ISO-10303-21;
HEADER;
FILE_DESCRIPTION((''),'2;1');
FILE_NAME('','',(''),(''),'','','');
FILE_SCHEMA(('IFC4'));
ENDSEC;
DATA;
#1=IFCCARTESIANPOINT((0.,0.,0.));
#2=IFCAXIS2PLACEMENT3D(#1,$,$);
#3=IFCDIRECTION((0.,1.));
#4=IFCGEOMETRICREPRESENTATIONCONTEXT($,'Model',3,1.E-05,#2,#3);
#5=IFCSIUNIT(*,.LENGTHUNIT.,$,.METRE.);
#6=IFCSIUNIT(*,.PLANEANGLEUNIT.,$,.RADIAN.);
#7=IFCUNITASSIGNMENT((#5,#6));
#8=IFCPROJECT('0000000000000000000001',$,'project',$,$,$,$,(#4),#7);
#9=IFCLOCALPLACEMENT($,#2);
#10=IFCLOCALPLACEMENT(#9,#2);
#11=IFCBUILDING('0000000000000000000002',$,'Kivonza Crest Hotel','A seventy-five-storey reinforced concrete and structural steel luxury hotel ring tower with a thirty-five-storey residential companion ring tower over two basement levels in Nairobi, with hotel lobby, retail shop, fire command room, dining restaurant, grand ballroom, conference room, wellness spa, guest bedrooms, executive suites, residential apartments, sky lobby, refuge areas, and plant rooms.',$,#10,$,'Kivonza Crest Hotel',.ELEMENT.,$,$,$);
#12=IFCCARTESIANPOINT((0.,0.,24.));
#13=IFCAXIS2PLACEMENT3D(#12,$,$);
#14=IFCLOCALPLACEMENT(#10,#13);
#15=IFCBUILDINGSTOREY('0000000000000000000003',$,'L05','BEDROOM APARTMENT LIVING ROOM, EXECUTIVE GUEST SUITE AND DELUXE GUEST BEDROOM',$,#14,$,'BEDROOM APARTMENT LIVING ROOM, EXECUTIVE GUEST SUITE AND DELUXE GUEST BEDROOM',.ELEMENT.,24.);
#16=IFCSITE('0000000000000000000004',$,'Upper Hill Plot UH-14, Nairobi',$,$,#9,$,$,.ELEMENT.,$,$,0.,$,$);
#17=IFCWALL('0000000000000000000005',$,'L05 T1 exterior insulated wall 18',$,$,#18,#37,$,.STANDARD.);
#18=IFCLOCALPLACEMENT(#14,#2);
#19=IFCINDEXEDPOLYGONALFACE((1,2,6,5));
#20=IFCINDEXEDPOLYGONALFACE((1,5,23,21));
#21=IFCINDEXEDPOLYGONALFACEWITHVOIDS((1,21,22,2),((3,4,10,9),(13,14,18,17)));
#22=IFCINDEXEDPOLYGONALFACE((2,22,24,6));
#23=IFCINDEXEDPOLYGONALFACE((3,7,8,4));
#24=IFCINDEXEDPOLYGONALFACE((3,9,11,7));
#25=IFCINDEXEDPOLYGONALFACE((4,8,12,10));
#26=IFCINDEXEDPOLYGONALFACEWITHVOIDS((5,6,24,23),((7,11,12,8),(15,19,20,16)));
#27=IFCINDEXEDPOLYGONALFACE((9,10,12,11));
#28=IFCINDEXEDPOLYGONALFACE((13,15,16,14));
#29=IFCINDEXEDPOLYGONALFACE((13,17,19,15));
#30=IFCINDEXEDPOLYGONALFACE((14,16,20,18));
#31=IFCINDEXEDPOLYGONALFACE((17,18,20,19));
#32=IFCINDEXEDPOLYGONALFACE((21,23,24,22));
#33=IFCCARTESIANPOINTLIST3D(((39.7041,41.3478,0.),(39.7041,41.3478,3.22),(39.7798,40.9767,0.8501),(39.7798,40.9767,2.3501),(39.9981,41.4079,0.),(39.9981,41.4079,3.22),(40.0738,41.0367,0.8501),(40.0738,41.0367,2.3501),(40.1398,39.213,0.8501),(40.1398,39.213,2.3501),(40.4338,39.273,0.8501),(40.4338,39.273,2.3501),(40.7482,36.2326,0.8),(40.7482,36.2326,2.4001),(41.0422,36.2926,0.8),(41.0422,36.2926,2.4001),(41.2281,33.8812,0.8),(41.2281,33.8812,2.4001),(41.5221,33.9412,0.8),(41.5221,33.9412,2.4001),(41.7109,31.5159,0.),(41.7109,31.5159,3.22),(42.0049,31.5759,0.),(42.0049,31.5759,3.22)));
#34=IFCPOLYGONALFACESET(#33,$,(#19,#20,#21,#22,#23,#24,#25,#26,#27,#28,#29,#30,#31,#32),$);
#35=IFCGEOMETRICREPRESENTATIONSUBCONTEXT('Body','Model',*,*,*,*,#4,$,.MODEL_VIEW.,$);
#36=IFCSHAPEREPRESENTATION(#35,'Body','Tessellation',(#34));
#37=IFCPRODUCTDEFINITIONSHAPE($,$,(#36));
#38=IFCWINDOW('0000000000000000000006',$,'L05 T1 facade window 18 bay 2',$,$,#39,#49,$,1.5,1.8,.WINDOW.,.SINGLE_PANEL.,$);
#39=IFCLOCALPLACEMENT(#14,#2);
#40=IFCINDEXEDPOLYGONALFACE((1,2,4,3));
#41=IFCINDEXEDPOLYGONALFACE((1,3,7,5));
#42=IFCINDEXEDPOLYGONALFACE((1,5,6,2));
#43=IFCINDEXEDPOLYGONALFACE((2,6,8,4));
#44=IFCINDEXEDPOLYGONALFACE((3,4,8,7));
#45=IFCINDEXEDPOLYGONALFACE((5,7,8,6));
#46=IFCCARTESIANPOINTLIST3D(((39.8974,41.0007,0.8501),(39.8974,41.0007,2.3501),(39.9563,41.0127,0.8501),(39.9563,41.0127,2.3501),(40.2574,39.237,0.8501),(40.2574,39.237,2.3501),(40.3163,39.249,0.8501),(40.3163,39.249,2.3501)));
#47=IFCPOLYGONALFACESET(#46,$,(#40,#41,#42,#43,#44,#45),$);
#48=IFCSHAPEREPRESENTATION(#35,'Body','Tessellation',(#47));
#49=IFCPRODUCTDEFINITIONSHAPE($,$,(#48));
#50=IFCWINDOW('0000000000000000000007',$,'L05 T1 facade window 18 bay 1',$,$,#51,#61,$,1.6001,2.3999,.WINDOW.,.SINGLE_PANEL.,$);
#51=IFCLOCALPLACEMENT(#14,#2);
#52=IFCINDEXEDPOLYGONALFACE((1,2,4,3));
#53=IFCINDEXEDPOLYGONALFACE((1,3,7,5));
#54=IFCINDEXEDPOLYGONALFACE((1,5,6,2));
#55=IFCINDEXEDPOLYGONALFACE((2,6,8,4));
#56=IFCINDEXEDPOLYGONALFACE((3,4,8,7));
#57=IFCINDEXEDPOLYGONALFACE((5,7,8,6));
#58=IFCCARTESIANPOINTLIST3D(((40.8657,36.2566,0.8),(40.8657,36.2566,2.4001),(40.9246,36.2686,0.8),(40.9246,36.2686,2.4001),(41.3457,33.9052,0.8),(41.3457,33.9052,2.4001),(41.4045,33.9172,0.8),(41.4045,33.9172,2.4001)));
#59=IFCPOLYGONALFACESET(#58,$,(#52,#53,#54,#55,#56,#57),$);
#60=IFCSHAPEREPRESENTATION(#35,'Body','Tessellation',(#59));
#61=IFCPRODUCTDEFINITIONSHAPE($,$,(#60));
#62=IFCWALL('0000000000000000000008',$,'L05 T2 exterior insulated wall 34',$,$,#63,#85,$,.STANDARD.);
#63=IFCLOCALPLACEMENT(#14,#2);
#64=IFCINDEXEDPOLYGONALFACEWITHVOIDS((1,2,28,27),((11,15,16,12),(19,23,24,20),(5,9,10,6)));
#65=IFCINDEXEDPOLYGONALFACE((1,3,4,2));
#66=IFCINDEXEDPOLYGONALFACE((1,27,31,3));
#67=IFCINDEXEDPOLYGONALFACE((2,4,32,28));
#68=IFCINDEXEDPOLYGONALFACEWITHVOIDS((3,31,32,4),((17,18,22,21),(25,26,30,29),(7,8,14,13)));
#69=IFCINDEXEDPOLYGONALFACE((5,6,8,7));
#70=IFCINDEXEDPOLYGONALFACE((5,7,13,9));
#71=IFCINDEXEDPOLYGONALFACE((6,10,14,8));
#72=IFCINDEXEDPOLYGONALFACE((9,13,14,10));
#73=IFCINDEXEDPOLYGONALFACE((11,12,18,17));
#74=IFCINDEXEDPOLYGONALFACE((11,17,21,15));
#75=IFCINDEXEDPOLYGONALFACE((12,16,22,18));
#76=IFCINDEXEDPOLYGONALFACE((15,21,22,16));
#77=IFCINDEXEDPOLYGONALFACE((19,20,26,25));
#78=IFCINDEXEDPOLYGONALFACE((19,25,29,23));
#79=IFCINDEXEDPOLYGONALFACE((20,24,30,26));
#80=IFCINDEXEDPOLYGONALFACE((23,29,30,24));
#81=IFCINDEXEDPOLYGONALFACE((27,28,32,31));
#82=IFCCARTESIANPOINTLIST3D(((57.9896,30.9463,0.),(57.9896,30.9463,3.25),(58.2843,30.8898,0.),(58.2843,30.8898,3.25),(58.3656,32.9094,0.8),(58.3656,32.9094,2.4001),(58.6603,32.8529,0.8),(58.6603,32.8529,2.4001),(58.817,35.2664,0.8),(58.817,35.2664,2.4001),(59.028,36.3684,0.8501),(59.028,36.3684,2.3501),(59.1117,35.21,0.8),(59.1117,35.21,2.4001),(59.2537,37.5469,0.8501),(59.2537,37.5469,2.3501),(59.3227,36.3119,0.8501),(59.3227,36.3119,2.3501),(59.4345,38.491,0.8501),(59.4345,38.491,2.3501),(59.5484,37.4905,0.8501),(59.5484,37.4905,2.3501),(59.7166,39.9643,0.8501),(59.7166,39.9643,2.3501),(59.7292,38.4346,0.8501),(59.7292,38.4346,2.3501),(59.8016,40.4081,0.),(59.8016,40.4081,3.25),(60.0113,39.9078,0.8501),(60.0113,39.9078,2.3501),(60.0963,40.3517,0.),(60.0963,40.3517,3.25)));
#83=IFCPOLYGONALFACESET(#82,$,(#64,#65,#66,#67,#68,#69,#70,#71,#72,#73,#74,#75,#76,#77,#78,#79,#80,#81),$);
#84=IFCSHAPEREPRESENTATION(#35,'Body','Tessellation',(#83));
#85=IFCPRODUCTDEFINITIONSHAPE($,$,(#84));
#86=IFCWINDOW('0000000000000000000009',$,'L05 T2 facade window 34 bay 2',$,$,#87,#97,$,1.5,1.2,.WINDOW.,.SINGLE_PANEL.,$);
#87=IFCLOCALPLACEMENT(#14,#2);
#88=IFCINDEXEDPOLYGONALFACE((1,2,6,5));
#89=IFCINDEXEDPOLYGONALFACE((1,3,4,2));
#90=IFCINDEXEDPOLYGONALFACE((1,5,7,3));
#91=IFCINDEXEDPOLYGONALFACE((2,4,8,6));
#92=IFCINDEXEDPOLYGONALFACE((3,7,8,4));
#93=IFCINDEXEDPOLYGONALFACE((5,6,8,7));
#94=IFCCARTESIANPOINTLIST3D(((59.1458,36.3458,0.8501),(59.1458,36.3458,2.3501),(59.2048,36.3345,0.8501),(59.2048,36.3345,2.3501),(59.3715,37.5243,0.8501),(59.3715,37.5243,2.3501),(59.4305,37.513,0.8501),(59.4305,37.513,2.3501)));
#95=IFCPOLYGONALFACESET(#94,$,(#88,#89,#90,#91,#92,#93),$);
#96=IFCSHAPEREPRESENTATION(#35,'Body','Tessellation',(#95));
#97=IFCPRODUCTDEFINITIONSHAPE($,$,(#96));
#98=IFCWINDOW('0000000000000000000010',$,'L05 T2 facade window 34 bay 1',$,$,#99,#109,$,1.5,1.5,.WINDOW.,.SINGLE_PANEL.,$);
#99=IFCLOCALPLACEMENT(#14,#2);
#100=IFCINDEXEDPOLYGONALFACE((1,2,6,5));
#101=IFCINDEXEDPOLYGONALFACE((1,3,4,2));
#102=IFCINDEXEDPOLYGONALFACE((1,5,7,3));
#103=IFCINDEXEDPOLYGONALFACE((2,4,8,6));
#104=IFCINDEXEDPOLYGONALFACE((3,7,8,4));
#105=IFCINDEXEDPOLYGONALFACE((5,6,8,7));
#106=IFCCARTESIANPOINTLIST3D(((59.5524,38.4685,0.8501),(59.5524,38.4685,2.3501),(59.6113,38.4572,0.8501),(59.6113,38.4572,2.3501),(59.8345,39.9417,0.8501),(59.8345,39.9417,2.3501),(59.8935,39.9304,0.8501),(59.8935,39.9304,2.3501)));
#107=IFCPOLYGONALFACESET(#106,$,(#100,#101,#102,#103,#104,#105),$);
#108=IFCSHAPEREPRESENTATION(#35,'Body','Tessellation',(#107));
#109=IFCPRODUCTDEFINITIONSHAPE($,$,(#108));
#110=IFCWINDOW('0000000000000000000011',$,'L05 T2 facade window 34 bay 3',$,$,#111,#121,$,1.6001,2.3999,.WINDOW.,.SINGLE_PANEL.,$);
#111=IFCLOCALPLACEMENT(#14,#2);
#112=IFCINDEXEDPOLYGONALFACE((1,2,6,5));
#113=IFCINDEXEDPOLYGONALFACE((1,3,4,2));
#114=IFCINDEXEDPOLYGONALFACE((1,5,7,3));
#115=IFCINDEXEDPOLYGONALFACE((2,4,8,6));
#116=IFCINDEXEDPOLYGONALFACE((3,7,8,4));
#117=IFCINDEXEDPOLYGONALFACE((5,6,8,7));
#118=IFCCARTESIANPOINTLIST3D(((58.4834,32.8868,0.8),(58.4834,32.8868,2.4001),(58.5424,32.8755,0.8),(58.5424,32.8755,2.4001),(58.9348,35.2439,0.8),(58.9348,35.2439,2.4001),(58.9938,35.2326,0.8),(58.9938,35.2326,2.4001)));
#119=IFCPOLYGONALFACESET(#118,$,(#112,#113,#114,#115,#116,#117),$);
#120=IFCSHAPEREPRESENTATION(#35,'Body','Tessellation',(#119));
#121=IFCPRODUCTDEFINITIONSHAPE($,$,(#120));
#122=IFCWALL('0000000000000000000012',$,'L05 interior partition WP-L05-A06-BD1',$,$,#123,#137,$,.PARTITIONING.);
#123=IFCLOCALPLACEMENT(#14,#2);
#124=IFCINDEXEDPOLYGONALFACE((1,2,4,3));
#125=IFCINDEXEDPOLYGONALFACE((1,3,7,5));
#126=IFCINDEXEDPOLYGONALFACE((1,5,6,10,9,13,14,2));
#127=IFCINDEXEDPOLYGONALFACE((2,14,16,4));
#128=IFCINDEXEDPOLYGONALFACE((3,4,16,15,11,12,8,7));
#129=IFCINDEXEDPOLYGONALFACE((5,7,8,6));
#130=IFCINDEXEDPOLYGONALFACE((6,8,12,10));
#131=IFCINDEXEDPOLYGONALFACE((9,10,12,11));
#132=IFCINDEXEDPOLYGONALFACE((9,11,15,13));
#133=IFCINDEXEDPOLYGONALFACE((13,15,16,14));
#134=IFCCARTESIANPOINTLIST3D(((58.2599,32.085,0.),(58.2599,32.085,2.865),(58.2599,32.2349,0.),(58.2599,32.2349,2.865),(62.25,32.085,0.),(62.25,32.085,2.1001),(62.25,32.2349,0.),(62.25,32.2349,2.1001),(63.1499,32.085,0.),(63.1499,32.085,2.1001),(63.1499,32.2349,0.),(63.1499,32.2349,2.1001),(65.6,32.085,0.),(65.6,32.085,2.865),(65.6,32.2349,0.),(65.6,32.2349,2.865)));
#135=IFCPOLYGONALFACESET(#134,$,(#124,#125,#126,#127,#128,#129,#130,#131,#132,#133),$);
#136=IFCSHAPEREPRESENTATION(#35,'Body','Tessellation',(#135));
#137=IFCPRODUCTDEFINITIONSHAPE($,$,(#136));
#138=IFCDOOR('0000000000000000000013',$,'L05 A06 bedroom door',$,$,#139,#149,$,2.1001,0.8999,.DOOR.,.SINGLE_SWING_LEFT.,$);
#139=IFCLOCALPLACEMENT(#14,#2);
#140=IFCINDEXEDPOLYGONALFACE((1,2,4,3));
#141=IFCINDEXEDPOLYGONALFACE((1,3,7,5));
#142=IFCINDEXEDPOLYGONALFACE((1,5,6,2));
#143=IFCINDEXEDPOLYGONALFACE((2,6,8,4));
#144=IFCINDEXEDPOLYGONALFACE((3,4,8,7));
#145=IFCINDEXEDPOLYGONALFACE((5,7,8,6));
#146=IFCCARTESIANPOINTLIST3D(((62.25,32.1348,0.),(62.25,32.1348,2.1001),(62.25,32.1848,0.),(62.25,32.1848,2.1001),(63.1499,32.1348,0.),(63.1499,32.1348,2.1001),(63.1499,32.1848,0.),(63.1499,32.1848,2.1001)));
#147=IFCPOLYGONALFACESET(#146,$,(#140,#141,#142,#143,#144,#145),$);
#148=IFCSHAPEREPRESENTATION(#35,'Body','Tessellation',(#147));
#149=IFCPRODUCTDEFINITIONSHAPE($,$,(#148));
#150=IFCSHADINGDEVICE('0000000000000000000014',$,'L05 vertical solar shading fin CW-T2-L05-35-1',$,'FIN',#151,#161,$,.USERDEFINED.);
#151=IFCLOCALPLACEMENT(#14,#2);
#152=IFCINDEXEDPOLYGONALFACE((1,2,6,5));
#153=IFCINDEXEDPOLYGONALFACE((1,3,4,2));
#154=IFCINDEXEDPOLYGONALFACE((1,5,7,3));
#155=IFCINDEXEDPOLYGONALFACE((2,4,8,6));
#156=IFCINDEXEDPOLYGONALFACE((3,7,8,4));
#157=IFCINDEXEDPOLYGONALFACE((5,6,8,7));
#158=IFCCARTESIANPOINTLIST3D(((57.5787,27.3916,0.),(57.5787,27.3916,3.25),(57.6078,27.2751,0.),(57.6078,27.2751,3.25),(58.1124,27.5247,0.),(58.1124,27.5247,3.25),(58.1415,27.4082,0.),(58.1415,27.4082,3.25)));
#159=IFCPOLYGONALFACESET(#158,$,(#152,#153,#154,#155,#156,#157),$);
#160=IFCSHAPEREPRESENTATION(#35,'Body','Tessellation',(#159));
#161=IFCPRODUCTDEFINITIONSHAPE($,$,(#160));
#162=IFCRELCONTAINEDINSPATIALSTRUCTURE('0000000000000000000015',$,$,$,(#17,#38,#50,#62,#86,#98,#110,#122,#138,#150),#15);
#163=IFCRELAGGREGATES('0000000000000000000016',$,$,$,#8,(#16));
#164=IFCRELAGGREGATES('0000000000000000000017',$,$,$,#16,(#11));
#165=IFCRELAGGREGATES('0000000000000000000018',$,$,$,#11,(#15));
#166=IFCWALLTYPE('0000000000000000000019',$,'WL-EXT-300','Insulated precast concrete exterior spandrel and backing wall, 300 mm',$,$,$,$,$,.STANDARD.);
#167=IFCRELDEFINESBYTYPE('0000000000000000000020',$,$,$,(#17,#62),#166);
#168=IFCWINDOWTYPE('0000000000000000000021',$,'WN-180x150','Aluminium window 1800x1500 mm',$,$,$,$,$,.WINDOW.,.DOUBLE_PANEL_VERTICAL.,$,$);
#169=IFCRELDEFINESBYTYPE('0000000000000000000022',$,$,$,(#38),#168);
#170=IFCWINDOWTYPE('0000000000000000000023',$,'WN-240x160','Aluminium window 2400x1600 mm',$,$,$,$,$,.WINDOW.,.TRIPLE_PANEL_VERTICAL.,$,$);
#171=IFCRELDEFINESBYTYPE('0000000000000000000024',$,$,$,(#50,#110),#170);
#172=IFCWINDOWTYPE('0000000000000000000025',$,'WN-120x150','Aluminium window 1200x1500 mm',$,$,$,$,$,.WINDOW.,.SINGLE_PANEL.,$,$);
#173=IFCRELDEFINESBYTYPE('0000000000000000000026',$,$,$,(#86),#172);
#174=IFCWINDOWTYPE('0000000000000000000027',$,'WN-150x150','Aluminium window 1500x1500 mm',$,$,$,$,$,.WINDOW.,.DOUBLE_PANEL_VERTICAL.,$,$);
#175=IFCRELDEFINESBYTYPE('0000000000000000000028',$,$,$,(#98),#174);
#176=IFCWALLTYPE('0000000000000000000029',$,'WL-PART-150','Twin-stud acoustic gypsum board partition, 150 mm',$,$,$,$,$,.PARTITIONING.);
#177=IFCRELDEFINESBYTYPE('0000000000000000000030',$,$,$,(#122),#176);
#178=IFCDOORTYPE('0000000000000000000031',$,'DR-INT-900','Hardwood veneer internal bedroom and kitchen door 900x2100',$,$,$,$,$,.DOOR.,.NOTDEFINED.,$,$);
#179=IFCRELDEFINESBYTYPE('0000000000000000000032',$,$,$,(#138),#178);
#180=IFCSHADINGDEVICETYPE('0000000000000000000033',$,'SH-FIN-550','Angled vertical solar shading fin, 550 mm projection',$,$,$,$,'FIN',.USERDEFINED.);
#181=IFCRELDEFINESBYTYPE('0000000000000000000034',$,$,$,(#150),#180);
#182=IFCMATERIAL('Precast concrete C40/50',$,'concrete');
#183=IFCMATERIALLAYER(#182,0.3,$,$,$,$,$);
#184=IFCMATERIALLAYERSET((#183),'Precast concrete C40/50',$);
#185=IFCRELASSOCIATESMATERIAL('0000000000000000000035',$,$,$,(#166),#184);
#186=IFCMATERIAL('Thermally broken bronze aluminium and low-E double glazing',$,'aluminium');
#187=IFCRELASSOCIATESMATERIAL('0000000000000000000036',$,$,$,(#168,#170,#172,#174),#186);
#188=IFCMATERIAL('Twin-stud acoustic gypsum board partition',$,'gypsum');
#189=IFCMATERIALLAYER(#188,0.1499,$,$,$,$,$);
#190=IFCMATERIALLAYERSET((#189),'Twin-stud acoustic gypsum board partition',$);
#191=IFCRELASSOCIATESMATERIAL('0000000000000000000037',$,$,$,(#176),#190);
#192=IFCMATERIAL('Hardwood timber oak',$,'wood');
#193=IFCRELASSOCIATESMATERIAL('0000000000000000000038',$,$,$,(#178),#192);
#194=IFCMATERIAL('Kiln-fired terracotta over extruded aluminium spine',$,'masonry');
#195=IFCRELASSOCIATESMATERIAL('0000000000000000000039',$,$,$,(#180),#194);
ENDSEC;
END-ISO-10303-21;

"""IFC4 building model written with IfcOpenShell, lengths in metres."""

from ifc_helpers import new_model, si_unit, direction, frame, frame_2d, origin, origin_2d, place, context, subcontext, project, spatial, rectangle, extrude, material, layer, layer_set, type_object, element, fill, save


model = new_model("IFC4")

# Units and contexts
model_context = context("Model", 3, precision=1e-05, world=origin(), true_north=direction((0.0, 1.0)))
body_context = subcontext(model_context, "Body", "Model", "MODEL_VIEW")
ifc_project = project(units=[si_unit("LENGTHUNIT", "METRE"), si_unit("PLANEANGLEUNIT", "RADIAN")], contexts=[model_context])

# Site, building, storey
site_placement = place(None, origin())
site = spatial("IfcSite", under=ifc_project, at=site_placement, Name="Upper Hill Plot UH-14, Nairobi", CompositionType="ELEMENT", RefElevation=0.0)
building_placement = place(site_placement, origin())
building = spatial("IfcBuilding", under=site, at=building_placement, Name="Kivonza Crest Hotel", Description="A seventy-five-storey reinforced concrete and structural steel luxury hotel ring tower with a thirty-five-storey residential companion ring tower over two basement levels in Nairobi, with hotel lobby, retail shop, fire command room, dining restaurant, grand ballroom, conference room, wellness spa, guest bedrooms, executive suites, residential apartments, sky lobby, refuge areas, and plant rooms.", LongName="Kivonza Crest Hotel", CompositionType="ELEMENT")
storey_placement = place(building_placement, frame((0.0, 0.0, 24.0)))
storey = spatial("IfcBuildingStorey", under=building, at=storey_placement, Name="L05", Description="BEDROOM APARTMENT LIVING ROOM, EXECUTIVE GUEST SUITE AND DELUXE GUEST BEDROOM", LongName="BEDROOM APARTMENT LIVING ROOM, EXECUTIVE GUEST SUITE AND DELUXE GUEST BEDROOM", CompositionType="ELEMENT", Elevation=24.0)

# Walls, openings, windows
ifc_material_1 = material(Name="Precast concrete C40/50", Category="concrete")
ifc_layer_1 = layer(ifc_material_1, 0.3)
ifc_layer_set_1 = layer_set([ifc_layer_1], Name="Precast concrete C40/50")
wall_type_1 = type_object("IfcWallType", Name="WL-EXT-300", Description="Insulated precast concrete exterior spandrel and backing wall, 300 mm", PredefinedType="STANDARD", material=ifc_layer_set_1)
wall_1_placement = place(storey_placement, frame((41.8579, 31.5459, 0.0), z_axis=(0.0, 0.0, 1.0), x_axis=(-0.199989, 0.979798, 0.0)))
wall_1 = element("IfcWall", 1, at=wall_1_placement, inside=storey, type_object=wall_type_1, Name="L05 T1 exterior insulated wall 18", PredefinedType="STANDARD", context=body_context, shape_type="SweptSolid", body=[
    extrude(rectangle(XDim=10.0347, YDim=0.3, at=frame_2d((5.0173, 0.0))), origin(), (0.0, 0.0, 1.0), 3.22),
])
opening_1_placement = place(wall_1_placement, frame((2.4141, 0.0, 0.8)))
opening_1 = element("IfcOpeningElement", 2, at=opening_1_placement, cuts=wall_1, PredefinedType="OPENING", context=body_context, shape_type="SweptSolid", body=[
    extrude(rectangle(XDim=2.3999, YDim=1.6001, at=frame_2d((1.2, 0.8))), frame((0.0, 0.1602, 0.0), z_axis=(0.0, -1.0, 0.0), x_axis=(1.0, 0.0, 0.0)), (0.0, 0.0, 1.0), 0.3201),
])
opening_2_placement = place(wall_1_placement, frame((7.856, 0.0, 0.8501)))
opening_2 = element("IfcOpeningElement", 3, at=opening_2_placement, cuts=wall_1, PredefinedType="OPENING", context=body_context, shape_type="SweptSolid", body=[
    extrude(rectangle(XDim=1.8, YDim=1.5, at=frame_2d((0.8999, 0.75))), frame((0.0, 0.1602, 0.0), z_axis=(0.0, -1.0, 0.0), x_axis=(1.0, 0.0, 0.0)), (0.0, 0.0, 1.0), 0.3201),
])
ifc_material_2 = material(Name="Thermally broken bronze aluminium and low-E double glazing", Category="aluminium")
window_type_1 = type_object("IfcWindowType", Name="WN-180x150", Description="Aluminium window 1800x1500 mm", PartitioningType="DOUBLE_PANEL_VERTICAL", PredefinedType="WINDOW", material=ifc_material_2)
window_1_placement = place(opening_2_placement, origin())
window_1 = element("IfcWindow", 4, at=window_1_placement, inside=storey, type_object=window_type_1, Name="L05 T1 facade window 18 bay 2", OverallHeight=1.5, OverallWidth=1.8, PartitioningType="SINGLE_PANEL", PredefinedType="WINDOW", context=body_context, shape_type="SweptSolid", body=[
    extrude(rectangle(XDim=1.8, YDim=1.5, at=frame_2d((0.8999, 0.75))), frame((0.0, 0.03, 0.0), z_axis=(0.0, -1.0, 0.0), x_axis=(1.0, 0.0, 0.0)), (0.0, 0.0, 1.0), 0.0601),
])
fill(opening_2, window_1)
window_type_2 = type_object("IfcWindowType", Name="WN-240x160", Description="Aluminium window 2400x1600 mm", PartitioningType="TRIPLE_PANEL_VERTICAL", PredefinedType="WINDOW", material=ifc_material_2)
window_2_placement = place(opening_1_placement, origin())
window_2 = element("IfcWindow", 5, at=window_2_placement, inside=storey, type_object=window_type_2, Name="L05 T1 facade window 18 bay 1", OverallHeight=1.6001, OverallWidth=2.3999, PartitioningType="SINGLE_PANEL", PredefinedType="WINDOW", context=body_context, shape_type="SweptSolid", body=[
    extrude(rectangle(XDim=2.3999, YDim=1.6001, at=frame_2d((1.2, 0.8))), frame((0.0, 0.03, 0.0), z_axis=(0.0, -1.0, 0.0), x_axis=(1.0, 0.0, 0.0)), (0.0, 0.0, 1.0), 0.0601),
])
fill(opening_1, window_2)
wall_2_placement = place(storey_placement, frame((59.949, 40.3799, 0.0), z_axis=(0.0, 0.0, 1.0), x_axis=(-0.188088, -0.982152, 0.0)))
wall_2 = element("IfcWall", 6, at=wall_2_placement, inside=storey, type_object=wall_type_1, Name="L05 T2 exterior insulated wall 34", PredefinedType="STANDARD", context=body_context, shape_type="SweptSolid", body=[
    extrude(rectangle(XDim=9.6338, YDim=0.3, at=frame_2d((4.8169, 0.0))), origin(), (0.0, 0.0, 1.0), 3.25),
])
opening_3_placement = place(wall_2_placement, frame((0.4519, 0.0, 0.8501)))
opening_3 = element("IfcOpeningElement", 7, at=opening_3_placement, cuts=wall_2, PredefinedType="OPENING", context=body_context, shape_type="SweptSolid", body=[
    extrude(rectangle(XDim=1.5, YDim=1.5, at=frame_2d((0.75, 0.75))), frame((0.0, 0.1602, 0.0), z_axis=(0.0, -1.0, 0.0), x_axis=(1.0, 0.0, 0.0)), (0.0, 0.0, 1.0), 0.3201),
])
opening_4_placement = place(wall_2_placement, frame((2.9131, 0.0, 0.8501)))
opening_4 = element("IfcOpeningElement", 8, at=opening_4_placement, cuts=wall_2, PredefinedType="OPENING", context=body_context, shape_type="SweptSolid", body=[
    extrude(rectangle(XDim=1.2, YDim=1.5, at=frame_2d((0.6001, 0.75))), frame((0.0, 0.1602, 0.0), z_axis=(0.0, -1.0, 0.0), x_axis=(1.0, 0.0, 0.0)), (0.0, 0.0, 1.0), 0.3201),
])
opening_5_placement = place(wall_2_placement, frame((5.2351, 0.0, 0.8)))
opening_5 = element("IfcOpeningElement", 9, at=opening_5_placement, cuts=wall_2, PredefinedType="OPENING", context=body_context, shape_type="SweptSolid", body=[
    extrude(rectangle(XDim=2.3999, YDim=1.6001, at=frame_2d((1.2, 0.8))), frame((0.0, 0.1602, 0.0), z_axis=(0.0, -1.0, 0.0), x_axis=(1.0, 0.0, 0.0)), (0.0, 0.0, 1.0), 0.3201),
])
window_type_3 = type_object("IfcWindowType", Name="WN-120x150", Description="Aluminium window 1200x1500 mm", PartitioningType="SINGLE_PANEL", PredefinedType="WINDOW", material=ifc_material_2)
window_3_placement = place(opening_4_placement, origin())
window_3 = element("IfcWindow", 10, at=window_3_placement, inside=storey, type_object=window_type_3, Name="L05 T2 facade window 34 bay 2", OverallHeight=1.5, OverallWidth=1.2, PartitioningType="SINGLE_PANEL", PredefinedType="WINDOW", context=body_context, shape_type="SweptSolid", body=[
    extrude(rectangle(XDim=1.2, YDim=1.5, at=frame_2d((0.6001, 0.75))), frame((0.0, 0.03, 0.0), z_axis=(0.0, -1.0, 0.0), x_axis=(1.0, 0.0, 0.0)), (0.0, 0.0, 1.0), 0.0601),
])
fill(opening_4, window_3)
window_type_4 = type_object("IfcWindowType", Name="WN-150x150", Description="Aluminium window 1500x1500 mm", PartitioningType="DOUBLE_PANEL_VERTICAL", PredefinedType="WINDOW", material=ifc_material_2)
window_4_placement = place(opening_3_placement, origin())
window_4 = element("IfcWindow", 11, at=window_4_placement, inside=storey, type_object=window_type_4, Name="L05 T2 facade window 34 bay 1", OverallHeight=1.5, OverallWidth=1.5, PartitioningType="SINGLE_PANEL", PredefinedType="WINDOW", context=body_context, shape_type="SweptSolid", body=[
    extrude(rectangle(XDim=1.5, YDim=1.5, at=frame_2d((0.75, 0.75))), frame((0.0, 0.03, 0.0), z_axis=(0.0, -1.0, 0.0), x_axis=(1.0, 0.0, 0.0)), (0.0, 0.0, 1.0), 0.0601),
])
fill(opening_3, window_4)
window_5_placement = place(opening_5_placement, origin())
window_5 = element("IfcWindow", 12, at=window_5_placement, inside=storey, type_object=window_type_2, Name="L05 T2 facade window 34 bay 3", OverallHeight=1.6001, OverallWidth=2.3999, PartitioningType="SINGLE_PANEL", PredefinedType="WINDOW", context=body_context, shape_type="SweptSolid", body=[
    extrude(rectangle(XDim=2.3999, YDim=1.6001, at=frame_2d((1.2, 0.8))), frame((0.0, 0.03, 0.0), z_axis=(0.0, -1.0, 0.0), x_axis=(1.0, 0.0, 0.0)), (0.0, 0.0, 1.0), 0.0601),
])
fill(opening_5, window_5)

# Wall, opening, door
ifc_material_3 = material(Name="Twin-stud acoustic gypsum board partition", Category="gypsum")
ifc_layer_2 = layer(ifc_material_3, 0.1499)
ifc_layer_set_2 = layer_set([ifc_layer_2], Name="Twin-stud acoustic gypsum board partition")
wall_type_2 = type_object("IfcWallType", Name="WL-PART-150", Description="Twin-stud acoustic gypsum board partition, 150 mm", PredefinedType="PARTITIONING", material=ifc_layer_set_2)
wall_3_placement = place(storey_placement, frame((58.26, 32.1599, 0.0), z_axis=(0.0, 0.0, 1.0), x_axis=(1.0, 0.0, 0.0)))
wall_3 = element("IfcWall", 13, at=wall_3_placement, inside=storey, type_object=wall_type_2, Name="L05 interior partition WP-L05-A06-BD1", PredefinedType="PARTITIONING", context=body_context, shape_type="SweptSolid", body=[
    extrude(rectangle(XDim=7.3401, YDim=0.1499, at=frame_2d((3.6699, 0.0))), origin(), (0.0, 0.0, 1.0), 2.865),
])
opening_6_placement = place(wall_3_placement, frame((3.99, 0.0, 0.0)))
opening_6 = element("IfcOpeningElement", 14, at=opening_6_placement, cuts=wall_3, PredefinedType="OPENING", context=body_context, shape_type="SweptSolid", body=[
    extrude(rectangle(XDim=0.8999, YDim=2.1001, at=frame_2d((0.45, 1.05))), frame((0.0, 0.085, 0.0), z_axis=(0.0, -1.0, 0.0), x_axis=(1.0, 0.0, 0.0)), (0.0, 0.0, 1.0), 0.1699),
])
ifc_material_4 = material(Name="Hardwood timber oak", Category="wood")
door_type = type_object("IfcDoorType", Name="DR-INT-900", Description="Hardwood veneer internal bedroom and kitchen door 900x2100", OperationType="NOTDEFINED", PredefinedType="DOOR", material=ifc_material_4)
door_placement = place(opening_6_placement, origin())
door = element("IfcDoor", 15, at=door_placement, inside=storey, type_object=door_type, Name="L05 A06 bedroom door", OperationType="SINGLE_SWING_LEFT", OverallHeight=2.1001, OverallWidth=0.8999, PredefinedType="DOOR", context=body_context, shape_type="SweptSolid", body=[
    extrude(rectangle(XDim=0.8999, YDim=2.1001, at=frame_2d((0.45, 1.05))), frame((0.0, 0.0249, 0.0), z_axis=(0.0, -1.0, 0.0), x_axis=(1.0, 0.0, 0.0)), (0.0, 0.0, 1.0), 0.05),
])
fill(opening_6, door)

# Shading device
ifc_material_5 = material(Name="Kiln-fired terracotta over extruded aluminium spine", Category="masonry")
shading_device_type = type_object("IfcShadingDeviceType", Name="SH-FIN-550", Description="Angled vertical solar shading fin, 550 mm projection", ElementType="FIN", PredefinedType="USERDEFINED", material=ifc_material_5)
shading_device_placement = place(storey_placement, frame((57.8601, 27.3999, 0.0), z_axis=(0.0, 0.0, 1.0), x_axis=(0.241922, -0.970296, 0.0)))
element("IfcShadingDevice", 16, at=shading_device_placement, inside=storey, type_object=shading_device_type, Name="L05 vertical solar shading fin CW-T2-L05-35-1", ObjectType="FIN", PredefinedType="USERDEFINED", context=body_context, shape_type="SweptSolid", body=[
    extrude(rectangle(XDim=0.1201, YDim=0.55, at=origin_2d()), origin(), (0.0, 0.0, 1.0), 3.25),
])

save(model, "model.ifc")
